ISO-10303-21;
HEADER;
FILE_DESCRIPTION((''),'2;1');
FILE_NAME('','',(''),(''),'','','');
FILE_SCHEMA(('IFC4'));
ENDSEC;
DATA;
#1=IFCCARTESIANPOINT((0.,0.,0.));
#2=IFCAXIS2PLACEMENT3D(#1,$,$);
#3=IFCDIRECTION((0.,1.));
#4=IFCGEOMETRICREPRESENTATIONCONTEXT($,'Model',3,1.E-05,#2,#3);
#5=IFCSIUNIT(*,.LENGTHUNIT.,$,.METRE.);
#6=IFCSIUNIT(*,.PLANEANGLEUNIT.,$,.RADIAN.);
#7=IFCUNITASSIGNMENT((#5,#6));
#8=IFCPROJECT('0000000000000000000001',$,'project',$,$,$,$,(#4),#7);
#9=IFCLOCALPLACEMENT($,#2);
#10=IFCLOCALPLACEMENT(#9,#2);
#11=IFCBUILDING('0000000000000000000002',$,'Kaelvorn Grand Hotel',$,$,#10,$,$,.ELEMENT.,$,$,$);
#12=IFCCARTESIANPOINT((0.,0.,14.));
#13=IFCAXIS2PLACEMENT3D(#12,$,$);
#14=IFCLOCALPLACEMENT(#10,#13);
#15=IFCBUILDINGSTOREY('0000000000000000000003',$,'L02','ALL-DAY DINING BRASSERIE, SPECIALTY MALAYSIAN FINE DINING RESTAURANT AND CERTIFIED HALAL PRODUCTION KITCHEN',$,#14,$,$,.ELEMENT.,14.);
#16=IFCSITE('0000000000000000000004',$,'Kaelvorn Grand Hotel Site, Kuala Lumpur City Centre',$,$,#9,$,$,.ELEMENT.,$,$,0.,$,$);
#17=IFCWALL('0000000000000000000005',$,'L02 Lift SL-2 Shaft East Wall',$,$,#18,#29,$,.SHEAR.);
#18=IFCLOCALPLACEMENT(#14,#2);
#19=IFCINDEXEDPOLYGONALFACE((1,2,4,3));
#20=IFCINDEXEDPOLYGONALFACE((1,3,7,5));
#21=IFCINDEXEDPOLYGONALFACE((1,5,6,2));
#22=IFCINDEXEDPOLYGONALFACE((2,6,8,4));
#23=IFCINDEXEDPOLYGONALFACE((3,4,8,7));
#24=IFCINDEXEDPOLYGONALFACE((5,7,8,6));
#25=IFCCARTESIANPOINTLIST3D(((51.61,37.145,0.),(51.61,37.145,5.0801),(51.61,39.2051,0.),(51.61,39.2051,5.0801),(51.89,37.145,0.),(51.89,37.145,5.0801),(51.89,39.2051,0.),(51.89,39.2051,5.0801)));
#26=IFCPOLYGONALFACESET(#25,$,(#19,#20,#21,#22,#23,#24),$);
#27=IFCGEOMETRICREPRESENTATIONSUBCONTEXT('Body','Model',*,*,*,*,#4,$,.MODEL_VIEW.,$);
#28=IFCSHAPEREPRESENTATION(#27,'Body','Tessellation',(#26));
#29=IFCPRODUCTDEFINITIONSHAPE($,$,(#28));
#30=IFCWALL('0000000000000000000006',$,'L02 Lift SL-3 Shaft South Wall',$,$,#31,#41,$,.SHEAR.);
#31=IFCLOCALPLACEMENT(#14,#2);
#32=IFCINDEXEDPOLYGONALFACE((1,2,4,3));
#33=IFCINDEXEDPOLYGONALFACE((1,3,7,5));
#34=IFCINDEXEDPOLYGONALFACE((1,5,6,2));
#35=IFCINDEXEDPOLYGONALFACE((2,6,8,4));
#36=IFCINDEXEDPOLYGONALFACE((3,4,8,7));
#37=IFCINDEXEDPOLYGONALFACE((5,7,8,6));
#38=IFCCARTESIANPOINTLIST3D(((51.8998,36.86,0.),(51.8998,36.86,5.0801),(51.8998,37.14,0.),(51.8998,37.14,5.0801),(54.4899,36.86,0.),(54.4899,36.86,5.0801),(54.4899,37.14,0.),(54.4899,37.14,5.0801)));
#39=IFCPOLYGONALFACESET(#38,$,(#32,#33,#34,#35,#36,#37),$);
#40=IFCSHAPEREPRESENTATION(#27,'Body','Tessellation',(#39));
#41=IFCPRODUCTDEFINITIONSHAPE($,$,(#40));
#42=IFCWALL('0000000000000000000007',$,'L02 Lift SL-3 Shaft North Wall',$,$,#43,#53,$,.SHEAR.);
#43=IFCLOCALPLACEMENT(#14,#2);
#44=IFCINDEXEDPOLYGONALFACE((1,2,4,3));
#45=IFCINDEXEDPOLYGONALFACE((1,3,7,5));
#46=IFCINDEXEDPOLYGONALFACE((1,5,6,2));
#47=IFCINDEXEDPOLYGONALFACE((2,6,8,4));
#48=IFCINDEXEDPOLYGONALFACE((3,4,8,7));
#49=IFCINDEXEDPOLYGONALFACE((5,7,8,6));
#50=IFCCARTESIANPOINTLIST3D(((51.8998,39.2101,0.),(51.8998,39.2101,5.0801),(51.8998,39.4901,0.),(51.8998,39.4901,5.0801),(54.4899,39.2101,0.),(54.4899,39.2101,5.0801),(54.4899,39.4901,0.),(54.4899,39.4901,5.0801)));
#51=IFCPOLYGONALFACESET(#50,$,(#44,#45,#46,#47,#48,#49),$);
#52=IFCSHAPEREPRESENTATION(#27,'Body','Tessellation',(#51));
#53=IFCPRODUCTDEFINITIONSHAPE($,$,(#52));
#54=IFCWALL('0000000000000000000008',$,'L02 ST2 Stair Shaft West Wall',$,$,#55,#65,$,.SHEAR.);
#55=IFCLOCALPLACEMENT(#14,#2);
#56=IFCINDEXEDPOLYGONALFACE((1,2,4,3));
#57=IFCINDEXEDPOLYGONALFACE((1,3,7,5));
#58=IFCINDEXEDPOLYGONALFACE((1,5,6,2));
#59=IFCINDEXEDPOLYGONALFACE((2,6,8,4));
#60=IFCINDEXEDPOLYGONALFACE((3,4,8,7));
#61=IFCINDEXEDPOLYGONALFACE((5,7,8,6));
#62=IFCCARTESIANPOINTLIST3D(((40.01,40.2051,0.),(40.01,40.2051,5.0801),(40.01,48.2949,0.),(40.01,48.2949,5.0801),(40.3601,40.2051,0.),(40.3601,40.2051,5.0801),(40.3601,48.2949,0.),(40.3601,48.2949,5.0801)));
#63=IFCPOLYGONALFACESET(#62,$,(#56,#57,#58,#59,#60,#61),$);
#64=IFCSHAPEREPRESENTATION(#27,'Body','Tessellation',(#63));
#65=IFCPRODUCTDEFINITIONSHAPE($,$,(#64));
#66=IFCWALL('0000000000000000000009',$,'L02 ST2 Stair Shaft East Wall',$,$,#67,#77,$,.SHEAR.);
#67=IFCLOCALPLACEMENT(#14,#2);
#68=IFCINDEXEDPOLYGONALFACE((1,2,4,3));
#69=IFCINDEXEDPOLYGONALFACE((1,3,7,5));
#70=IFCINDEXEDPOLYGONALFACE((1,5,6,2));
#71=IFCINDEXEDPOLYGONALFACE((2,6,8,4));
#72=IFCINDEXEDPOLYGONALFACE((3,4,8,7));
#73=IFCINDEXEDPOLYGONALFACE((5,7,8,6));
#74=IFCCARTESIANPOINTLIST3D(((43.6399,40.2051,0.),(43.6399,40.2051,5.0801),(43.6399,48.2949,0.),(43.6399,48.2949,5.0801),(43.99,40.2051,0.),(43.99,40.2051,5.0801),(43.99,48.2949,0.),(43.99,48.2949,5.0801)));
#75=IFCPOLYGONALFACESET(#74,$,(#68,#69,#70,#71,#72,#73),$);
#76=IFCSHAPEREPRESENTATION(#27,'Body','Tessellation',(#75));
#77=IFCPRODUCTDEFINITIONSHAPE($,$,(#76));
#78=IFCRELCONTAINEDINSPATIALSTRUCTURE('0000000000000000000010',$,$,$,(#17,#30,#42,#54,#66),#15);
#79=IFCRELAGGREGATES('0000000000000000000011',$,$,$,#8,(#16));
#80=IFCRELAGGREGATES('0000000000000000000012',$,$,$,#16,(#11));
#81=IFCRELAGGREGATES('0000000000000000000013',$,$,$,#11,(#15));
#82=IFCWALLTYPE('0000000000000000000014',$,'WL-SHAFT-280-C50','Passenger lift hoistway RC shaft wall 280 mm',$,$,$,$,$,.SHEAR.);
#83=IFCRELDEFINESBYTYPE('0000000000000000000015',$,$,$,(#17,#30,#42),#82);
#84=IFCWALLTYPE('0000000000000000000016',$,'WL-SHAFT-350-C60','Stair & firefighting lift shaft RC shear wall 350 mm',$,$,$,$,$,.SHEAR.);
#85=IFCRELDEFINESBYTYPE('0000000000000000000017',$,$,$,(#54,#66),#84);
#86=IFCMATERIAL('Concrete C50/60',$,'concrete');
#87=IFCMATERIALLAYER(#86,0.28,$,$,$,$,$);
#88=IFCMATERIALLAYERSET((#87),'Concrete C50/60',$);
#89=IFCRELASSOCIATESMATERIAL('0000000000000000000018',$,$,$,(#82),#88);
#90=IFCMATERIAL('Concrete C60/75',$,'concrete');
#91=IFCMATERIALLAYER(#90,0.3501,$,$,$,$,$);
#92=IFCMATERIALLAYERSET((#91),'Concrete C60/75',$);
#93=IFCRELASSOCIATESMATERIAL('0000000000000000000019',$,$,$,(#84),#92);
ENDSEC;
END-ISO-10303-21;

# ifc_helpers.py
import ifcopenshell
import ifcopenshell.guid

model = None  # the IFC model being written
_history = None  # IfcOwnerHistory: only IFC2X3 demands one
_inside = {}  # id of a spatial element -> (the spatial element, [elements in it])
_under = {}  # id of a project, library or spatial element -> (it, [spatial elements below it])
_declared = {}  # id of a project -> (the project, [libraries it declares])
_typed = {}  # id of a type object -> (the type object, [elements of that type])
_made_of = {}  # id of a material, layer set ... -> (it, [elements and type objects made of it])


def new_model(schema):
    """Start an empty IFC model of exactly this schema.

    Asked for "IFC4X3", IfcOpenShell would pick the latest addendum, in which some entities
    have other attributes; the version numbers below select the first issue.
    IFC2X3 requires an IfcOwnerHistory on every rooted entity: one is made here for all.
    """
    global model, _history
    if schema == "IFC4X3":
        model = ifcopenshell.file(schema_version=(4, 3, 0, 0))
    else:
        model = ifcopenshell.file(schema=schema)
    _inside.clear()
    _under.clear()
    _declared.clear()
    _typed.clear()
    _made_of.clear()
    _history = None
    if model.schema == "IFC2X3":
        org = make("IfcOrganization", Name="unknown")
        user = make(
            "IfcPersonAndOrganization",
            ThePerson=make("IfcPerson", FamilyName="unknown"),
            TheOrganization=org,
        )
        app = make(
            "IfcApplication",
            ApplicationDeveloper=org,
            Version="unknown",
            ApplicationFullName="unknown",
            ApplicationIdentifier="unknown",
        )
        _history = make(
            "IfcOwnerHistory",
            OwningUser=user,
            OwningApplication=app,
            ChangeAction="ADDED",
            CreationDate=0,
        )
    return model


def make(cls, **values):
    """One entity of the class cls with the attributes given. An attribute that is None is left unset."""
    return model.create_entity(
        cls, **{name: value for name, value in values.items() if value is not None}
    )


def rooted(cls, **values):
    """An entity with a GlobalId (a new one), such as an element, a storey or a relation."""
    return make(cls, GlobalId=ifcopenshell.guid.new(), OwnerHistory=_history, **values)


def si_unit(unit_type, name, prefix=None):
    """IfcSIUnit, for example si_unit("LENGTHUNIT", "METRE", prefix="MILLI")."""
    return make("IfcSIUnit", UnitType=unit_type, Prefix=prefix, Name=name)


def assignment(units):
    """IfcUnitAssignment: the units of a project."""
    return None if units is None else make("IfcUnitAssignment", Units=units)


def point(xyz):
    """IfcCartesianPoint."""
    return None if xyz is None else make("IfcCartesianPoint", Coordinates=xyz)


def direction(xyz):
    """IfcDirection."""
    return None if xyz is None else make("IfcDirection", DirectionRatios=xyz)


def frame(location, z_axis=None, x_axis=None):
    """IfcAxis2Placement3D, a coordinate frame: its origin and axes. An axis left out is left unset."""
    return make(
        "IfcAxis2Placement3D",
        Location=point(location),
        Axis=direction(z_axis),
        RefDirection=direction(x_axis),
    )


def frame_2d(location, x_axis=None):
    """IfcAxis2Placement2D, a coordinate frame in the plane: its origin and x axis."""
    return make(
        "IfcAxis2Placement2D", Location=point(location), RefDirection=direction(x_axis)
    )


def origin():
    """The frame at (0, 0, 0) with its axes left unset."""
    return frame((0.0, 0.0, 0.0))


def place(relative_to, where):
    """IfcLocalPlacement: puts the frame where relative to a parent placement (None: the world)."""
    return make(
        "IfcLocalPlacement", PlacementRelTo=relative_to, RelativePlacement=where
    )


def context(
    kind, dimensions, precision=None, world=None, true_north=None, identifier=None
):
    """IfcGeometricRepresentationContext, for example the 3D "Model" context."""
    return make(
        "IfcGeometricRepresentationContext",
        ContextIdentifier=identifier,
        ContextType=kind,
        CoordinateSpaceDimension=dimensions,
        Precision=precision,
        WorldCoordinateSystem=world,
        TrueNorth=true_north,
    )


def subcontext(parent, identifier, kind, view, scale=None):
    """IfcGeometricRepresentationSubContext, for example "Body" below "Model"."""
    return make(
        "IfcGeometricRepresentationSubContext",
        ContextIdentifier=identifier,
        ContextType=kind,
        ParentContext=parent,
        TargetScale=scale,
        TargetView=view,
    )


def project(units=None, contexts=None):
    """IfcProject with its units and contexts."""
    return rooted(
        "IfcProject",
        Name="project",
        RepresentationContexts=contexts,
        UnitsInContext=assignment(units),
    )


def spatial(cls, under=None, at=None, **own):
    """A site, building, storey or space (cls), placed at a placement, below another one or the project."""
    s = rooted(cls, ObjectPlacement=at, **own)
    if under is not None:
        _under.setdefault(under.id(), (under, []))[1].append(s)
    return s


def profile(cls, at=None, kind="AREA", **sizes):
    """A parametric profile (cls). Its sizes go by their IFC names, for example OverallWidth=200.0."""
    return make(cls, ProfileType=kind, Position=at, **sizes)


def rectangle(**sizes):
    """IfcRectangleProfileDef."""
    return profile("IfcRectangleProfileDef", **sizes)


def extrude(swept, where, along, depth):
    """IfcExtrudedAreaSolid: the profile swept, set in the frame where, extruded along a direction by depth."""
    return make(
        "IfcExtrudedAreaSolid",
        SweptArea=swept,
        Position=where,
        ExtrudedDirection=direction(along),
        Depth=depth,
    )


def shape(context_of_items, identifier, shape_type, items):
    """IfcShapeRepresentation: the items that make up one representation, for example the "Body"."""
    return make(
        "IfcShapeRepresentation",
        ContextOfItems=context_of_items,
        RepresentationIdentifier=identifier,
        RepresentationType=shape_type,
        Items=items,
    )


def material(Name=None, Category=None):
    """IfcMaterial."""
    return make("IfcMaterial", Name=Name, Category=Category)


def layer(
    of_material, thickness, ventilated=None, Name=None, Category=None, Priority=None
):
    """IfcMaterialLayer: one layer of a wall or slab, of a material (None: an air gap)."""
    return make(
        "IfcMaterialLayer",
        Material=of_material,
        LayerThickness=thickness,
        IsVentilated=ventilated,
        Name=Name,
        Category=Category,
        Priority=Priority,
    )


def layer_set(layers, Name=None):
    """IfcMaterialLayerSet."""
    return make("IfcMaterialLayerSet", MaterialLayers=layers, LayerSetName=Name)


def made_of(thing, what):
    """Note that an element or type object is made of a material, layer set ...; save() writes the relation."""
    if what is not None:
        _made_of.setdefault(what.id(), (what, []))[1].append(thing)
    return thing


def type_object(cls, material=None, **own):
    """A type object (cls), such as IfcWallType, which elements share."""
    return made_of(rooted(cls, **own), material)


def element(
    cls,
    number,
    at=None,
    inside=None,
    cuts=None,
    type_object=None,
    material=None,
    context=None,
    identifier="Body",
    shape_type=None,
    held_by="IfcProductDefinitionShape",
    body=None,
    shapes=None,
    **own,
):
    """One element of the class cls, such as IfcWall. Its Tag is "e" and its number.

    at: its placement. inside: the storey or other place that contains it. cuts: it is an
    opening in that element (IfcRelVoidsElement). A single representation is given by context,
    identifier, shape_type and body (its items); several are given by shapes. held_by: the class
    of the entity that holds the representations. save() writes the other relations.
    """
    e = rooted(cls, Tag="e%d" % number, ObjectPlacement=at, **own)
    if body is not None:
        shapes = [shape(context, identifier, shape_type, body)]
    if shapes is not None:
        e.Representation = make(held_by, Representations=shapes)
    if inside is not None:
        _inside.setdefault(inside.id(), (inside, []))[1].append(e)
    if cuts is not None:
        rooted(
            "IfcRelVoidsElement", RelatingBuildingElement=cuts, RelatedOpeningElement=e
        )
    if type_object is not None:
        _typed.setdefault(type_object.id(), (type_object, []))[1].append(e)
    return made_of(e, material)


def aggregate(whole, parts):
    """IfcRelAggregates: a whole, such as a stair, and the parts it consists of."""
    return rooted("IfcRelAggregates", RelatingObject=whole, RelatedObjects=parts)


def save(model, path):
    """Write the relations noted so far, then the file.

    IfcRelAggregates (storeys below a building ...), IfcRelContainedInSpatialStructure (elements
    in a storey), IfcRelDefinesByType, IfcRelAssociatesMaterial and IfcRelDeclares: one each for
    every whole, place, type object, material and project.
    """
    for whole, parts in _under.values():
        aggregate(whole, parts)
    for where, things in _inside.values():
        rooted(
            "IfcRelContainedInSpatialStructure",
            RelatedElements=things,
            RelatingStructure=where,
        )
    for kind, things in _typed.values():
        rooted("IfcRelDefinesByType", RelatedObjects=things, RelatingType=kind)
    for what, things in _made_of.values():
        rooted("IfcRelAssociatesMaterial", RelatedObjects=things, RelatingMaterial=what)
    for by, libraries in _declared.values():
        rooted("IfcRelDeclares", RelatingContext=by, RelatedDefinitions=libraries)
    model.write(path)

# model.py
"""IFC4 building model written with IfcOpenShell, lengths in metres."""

from ifc_helpers import new_model, si_unit, direction, frame, frame_2d, origin, place, context, subcontext, project, spatial, rectangle, extrude, material, layer, layer_set, type_object, element, save


model = new_model("IFC4")

# Units and contexts
model_context = context("Model", 3, precision=1e-05, world=origin(), true_north=direction((0.0, 1.0)))
body_context = subcontext(model_context, "Body", "Model", "MODEL_VIEW")
ifc_project = project(units=[si_unit("LENGTHUNIT", "METRE"), si_unit("PLANEANGLEUNIT", "RADIAN")], contexts=[model_context])

# Site, building, storey
site_placement = place(None, origin())
site = spatial("IfcSite", under=ifc_project, at=site_placement, Name="Kaelvorn Grand Hotel Site, Kuala Lumpur City Centre", CompositionType="ELEMENT", RefElevation=0.0)
building_placement = place(site_placement, origin())
building = spatial("IfcBuilding", under=site, at=building_placement, Name="Kaelvorn Grand Hotel", CompositionType="ELEMENT")
storey_placement = place(building_placement, frame((0.0, 0.0, 14.0)))
storey = spatial("IfcBuildingStorey", under=building, at=storey_placement, Name="L02", Description="ALL-DAY DINING BRASSERIE, SPECIALTY MALAYSIAN FINE DINING RESTAURANT AND CERTIFIED HALAL PRODUCTION KITCHEN", CompositionType="ELEMENT", Elevation=14.0)

# Shared definitions
ifc_material_1 = material(Name="Concrete C60/75", Category="concrete")

# Walls
ifc_material_2 = material(Name="Concrete C50/60", Category="concrete")
ifc_layer_1 = layer(ifc_material_2, 0.28)
ifc_layer_set_1 = layer_set([ifc_layer_1], Name="Concrete C50/60")
wall_type_1 = type_object("IfcWallType", Name="WL-SHAFT-280-C50", Description="Passenger lift hoistway RC shaft wall 280 mm", PredefinedType="SHEAR", material=ifc_layer_set_1)
wall_1_placement = place(storey_placement, frame((51.75, 37.145, 0.0), z_axis=(0.0, 0.0, 1.0), x_axis=(0.0, 1.0, 0.0)))
element("IfcWall", 1, at=wall_1_placement, inside=storey, type_object=wall_type_1, Name="L02 Lift SL-2 Shaft East Wall", PredefinedType="SHEAR", context=body_context, shape_type="SweptSolid", body=[
    extrude(rectangle(XDim=2.0601, YDim=0.28, at=frame_2d((1.03, 0.0))), origin(), (0.0, 0.0, 1.0), 5.0801),
])
for number, where, z_axis, x_axis, name in (
    (2, (51.8999, 37.0, 0.0), (0.0, 0.0, 1.0), (1.0, 0.0, 0.0), "L02 Lift SL-3 Shaft South Wall"),
    (3, (51.8999, 39.3501, 0.0), (0.0, 0.0, 1.0), (1.0, 0.0, 0.0), "L02 Lift SL-3 Shaft North Wall"),
):
    element("IfcWall", number, at=place(storey_placement, frame(where, z_axis=z_axis, x_axis=x_axis)), inside=storey, type_object=wall_type_1, Name=name, PredefinedType="SHEAR", context=body_context, shape_type="SweptSolid", body=[
        extrude(rectangle(XDim=2.5901, YDim=0.28, at=frame_2d((1.2949, 0.0))), origin(), (0.0, 0.0, 1.0), 5.0801),
    ])

# Shared definitions
ifc_layer_2 = layer(ifc_material_1, 0.3501)
ifc_layer_set_2 = layer_set([ifc_layer_2], Name="Concrete C60/75")
wall_type_2 = type_object("IfcWallType", Name="WL-SHAFT-350-C60", Description="Stair & firefighting lift shaft RC shear wall 350 mm", PredefinedType="SHEAR", material=ifc_layer_set_2)

# Walls
for number, where, z_axis, x_axis, name in (
    (4, (40.1851, 40.2051, 0.0), (0.0, 0.0, 1.0), (0.0, 1.0, 0.0), "L02 ST2 Stair Shaft West Wall"),
    (5, (43.8149, 40.2051, 0.0), (0.0, 0.0, 1.0), (0.0, 1.0, 0.0), "L02 ST2 Stair Shaft East Wall"),
):
    element("IfcWall", number, at=place(storey_placement, frame(where, z_axis=z_axis, x_axis=x_axis)), inside=storey, type_object=wall_type_2, Name=name, PredefinedType="SHEAR", context=body_context, shape_type="SweptSolid", body=[
        extrude(rectangle(XDim=8.0898, YDim=0.3501, at=frame_2d((4.0449, 0.0))), origin(), (0.0, 0.0, 1.0), 5.0801),
    ])

save(model, "model.ifc")
